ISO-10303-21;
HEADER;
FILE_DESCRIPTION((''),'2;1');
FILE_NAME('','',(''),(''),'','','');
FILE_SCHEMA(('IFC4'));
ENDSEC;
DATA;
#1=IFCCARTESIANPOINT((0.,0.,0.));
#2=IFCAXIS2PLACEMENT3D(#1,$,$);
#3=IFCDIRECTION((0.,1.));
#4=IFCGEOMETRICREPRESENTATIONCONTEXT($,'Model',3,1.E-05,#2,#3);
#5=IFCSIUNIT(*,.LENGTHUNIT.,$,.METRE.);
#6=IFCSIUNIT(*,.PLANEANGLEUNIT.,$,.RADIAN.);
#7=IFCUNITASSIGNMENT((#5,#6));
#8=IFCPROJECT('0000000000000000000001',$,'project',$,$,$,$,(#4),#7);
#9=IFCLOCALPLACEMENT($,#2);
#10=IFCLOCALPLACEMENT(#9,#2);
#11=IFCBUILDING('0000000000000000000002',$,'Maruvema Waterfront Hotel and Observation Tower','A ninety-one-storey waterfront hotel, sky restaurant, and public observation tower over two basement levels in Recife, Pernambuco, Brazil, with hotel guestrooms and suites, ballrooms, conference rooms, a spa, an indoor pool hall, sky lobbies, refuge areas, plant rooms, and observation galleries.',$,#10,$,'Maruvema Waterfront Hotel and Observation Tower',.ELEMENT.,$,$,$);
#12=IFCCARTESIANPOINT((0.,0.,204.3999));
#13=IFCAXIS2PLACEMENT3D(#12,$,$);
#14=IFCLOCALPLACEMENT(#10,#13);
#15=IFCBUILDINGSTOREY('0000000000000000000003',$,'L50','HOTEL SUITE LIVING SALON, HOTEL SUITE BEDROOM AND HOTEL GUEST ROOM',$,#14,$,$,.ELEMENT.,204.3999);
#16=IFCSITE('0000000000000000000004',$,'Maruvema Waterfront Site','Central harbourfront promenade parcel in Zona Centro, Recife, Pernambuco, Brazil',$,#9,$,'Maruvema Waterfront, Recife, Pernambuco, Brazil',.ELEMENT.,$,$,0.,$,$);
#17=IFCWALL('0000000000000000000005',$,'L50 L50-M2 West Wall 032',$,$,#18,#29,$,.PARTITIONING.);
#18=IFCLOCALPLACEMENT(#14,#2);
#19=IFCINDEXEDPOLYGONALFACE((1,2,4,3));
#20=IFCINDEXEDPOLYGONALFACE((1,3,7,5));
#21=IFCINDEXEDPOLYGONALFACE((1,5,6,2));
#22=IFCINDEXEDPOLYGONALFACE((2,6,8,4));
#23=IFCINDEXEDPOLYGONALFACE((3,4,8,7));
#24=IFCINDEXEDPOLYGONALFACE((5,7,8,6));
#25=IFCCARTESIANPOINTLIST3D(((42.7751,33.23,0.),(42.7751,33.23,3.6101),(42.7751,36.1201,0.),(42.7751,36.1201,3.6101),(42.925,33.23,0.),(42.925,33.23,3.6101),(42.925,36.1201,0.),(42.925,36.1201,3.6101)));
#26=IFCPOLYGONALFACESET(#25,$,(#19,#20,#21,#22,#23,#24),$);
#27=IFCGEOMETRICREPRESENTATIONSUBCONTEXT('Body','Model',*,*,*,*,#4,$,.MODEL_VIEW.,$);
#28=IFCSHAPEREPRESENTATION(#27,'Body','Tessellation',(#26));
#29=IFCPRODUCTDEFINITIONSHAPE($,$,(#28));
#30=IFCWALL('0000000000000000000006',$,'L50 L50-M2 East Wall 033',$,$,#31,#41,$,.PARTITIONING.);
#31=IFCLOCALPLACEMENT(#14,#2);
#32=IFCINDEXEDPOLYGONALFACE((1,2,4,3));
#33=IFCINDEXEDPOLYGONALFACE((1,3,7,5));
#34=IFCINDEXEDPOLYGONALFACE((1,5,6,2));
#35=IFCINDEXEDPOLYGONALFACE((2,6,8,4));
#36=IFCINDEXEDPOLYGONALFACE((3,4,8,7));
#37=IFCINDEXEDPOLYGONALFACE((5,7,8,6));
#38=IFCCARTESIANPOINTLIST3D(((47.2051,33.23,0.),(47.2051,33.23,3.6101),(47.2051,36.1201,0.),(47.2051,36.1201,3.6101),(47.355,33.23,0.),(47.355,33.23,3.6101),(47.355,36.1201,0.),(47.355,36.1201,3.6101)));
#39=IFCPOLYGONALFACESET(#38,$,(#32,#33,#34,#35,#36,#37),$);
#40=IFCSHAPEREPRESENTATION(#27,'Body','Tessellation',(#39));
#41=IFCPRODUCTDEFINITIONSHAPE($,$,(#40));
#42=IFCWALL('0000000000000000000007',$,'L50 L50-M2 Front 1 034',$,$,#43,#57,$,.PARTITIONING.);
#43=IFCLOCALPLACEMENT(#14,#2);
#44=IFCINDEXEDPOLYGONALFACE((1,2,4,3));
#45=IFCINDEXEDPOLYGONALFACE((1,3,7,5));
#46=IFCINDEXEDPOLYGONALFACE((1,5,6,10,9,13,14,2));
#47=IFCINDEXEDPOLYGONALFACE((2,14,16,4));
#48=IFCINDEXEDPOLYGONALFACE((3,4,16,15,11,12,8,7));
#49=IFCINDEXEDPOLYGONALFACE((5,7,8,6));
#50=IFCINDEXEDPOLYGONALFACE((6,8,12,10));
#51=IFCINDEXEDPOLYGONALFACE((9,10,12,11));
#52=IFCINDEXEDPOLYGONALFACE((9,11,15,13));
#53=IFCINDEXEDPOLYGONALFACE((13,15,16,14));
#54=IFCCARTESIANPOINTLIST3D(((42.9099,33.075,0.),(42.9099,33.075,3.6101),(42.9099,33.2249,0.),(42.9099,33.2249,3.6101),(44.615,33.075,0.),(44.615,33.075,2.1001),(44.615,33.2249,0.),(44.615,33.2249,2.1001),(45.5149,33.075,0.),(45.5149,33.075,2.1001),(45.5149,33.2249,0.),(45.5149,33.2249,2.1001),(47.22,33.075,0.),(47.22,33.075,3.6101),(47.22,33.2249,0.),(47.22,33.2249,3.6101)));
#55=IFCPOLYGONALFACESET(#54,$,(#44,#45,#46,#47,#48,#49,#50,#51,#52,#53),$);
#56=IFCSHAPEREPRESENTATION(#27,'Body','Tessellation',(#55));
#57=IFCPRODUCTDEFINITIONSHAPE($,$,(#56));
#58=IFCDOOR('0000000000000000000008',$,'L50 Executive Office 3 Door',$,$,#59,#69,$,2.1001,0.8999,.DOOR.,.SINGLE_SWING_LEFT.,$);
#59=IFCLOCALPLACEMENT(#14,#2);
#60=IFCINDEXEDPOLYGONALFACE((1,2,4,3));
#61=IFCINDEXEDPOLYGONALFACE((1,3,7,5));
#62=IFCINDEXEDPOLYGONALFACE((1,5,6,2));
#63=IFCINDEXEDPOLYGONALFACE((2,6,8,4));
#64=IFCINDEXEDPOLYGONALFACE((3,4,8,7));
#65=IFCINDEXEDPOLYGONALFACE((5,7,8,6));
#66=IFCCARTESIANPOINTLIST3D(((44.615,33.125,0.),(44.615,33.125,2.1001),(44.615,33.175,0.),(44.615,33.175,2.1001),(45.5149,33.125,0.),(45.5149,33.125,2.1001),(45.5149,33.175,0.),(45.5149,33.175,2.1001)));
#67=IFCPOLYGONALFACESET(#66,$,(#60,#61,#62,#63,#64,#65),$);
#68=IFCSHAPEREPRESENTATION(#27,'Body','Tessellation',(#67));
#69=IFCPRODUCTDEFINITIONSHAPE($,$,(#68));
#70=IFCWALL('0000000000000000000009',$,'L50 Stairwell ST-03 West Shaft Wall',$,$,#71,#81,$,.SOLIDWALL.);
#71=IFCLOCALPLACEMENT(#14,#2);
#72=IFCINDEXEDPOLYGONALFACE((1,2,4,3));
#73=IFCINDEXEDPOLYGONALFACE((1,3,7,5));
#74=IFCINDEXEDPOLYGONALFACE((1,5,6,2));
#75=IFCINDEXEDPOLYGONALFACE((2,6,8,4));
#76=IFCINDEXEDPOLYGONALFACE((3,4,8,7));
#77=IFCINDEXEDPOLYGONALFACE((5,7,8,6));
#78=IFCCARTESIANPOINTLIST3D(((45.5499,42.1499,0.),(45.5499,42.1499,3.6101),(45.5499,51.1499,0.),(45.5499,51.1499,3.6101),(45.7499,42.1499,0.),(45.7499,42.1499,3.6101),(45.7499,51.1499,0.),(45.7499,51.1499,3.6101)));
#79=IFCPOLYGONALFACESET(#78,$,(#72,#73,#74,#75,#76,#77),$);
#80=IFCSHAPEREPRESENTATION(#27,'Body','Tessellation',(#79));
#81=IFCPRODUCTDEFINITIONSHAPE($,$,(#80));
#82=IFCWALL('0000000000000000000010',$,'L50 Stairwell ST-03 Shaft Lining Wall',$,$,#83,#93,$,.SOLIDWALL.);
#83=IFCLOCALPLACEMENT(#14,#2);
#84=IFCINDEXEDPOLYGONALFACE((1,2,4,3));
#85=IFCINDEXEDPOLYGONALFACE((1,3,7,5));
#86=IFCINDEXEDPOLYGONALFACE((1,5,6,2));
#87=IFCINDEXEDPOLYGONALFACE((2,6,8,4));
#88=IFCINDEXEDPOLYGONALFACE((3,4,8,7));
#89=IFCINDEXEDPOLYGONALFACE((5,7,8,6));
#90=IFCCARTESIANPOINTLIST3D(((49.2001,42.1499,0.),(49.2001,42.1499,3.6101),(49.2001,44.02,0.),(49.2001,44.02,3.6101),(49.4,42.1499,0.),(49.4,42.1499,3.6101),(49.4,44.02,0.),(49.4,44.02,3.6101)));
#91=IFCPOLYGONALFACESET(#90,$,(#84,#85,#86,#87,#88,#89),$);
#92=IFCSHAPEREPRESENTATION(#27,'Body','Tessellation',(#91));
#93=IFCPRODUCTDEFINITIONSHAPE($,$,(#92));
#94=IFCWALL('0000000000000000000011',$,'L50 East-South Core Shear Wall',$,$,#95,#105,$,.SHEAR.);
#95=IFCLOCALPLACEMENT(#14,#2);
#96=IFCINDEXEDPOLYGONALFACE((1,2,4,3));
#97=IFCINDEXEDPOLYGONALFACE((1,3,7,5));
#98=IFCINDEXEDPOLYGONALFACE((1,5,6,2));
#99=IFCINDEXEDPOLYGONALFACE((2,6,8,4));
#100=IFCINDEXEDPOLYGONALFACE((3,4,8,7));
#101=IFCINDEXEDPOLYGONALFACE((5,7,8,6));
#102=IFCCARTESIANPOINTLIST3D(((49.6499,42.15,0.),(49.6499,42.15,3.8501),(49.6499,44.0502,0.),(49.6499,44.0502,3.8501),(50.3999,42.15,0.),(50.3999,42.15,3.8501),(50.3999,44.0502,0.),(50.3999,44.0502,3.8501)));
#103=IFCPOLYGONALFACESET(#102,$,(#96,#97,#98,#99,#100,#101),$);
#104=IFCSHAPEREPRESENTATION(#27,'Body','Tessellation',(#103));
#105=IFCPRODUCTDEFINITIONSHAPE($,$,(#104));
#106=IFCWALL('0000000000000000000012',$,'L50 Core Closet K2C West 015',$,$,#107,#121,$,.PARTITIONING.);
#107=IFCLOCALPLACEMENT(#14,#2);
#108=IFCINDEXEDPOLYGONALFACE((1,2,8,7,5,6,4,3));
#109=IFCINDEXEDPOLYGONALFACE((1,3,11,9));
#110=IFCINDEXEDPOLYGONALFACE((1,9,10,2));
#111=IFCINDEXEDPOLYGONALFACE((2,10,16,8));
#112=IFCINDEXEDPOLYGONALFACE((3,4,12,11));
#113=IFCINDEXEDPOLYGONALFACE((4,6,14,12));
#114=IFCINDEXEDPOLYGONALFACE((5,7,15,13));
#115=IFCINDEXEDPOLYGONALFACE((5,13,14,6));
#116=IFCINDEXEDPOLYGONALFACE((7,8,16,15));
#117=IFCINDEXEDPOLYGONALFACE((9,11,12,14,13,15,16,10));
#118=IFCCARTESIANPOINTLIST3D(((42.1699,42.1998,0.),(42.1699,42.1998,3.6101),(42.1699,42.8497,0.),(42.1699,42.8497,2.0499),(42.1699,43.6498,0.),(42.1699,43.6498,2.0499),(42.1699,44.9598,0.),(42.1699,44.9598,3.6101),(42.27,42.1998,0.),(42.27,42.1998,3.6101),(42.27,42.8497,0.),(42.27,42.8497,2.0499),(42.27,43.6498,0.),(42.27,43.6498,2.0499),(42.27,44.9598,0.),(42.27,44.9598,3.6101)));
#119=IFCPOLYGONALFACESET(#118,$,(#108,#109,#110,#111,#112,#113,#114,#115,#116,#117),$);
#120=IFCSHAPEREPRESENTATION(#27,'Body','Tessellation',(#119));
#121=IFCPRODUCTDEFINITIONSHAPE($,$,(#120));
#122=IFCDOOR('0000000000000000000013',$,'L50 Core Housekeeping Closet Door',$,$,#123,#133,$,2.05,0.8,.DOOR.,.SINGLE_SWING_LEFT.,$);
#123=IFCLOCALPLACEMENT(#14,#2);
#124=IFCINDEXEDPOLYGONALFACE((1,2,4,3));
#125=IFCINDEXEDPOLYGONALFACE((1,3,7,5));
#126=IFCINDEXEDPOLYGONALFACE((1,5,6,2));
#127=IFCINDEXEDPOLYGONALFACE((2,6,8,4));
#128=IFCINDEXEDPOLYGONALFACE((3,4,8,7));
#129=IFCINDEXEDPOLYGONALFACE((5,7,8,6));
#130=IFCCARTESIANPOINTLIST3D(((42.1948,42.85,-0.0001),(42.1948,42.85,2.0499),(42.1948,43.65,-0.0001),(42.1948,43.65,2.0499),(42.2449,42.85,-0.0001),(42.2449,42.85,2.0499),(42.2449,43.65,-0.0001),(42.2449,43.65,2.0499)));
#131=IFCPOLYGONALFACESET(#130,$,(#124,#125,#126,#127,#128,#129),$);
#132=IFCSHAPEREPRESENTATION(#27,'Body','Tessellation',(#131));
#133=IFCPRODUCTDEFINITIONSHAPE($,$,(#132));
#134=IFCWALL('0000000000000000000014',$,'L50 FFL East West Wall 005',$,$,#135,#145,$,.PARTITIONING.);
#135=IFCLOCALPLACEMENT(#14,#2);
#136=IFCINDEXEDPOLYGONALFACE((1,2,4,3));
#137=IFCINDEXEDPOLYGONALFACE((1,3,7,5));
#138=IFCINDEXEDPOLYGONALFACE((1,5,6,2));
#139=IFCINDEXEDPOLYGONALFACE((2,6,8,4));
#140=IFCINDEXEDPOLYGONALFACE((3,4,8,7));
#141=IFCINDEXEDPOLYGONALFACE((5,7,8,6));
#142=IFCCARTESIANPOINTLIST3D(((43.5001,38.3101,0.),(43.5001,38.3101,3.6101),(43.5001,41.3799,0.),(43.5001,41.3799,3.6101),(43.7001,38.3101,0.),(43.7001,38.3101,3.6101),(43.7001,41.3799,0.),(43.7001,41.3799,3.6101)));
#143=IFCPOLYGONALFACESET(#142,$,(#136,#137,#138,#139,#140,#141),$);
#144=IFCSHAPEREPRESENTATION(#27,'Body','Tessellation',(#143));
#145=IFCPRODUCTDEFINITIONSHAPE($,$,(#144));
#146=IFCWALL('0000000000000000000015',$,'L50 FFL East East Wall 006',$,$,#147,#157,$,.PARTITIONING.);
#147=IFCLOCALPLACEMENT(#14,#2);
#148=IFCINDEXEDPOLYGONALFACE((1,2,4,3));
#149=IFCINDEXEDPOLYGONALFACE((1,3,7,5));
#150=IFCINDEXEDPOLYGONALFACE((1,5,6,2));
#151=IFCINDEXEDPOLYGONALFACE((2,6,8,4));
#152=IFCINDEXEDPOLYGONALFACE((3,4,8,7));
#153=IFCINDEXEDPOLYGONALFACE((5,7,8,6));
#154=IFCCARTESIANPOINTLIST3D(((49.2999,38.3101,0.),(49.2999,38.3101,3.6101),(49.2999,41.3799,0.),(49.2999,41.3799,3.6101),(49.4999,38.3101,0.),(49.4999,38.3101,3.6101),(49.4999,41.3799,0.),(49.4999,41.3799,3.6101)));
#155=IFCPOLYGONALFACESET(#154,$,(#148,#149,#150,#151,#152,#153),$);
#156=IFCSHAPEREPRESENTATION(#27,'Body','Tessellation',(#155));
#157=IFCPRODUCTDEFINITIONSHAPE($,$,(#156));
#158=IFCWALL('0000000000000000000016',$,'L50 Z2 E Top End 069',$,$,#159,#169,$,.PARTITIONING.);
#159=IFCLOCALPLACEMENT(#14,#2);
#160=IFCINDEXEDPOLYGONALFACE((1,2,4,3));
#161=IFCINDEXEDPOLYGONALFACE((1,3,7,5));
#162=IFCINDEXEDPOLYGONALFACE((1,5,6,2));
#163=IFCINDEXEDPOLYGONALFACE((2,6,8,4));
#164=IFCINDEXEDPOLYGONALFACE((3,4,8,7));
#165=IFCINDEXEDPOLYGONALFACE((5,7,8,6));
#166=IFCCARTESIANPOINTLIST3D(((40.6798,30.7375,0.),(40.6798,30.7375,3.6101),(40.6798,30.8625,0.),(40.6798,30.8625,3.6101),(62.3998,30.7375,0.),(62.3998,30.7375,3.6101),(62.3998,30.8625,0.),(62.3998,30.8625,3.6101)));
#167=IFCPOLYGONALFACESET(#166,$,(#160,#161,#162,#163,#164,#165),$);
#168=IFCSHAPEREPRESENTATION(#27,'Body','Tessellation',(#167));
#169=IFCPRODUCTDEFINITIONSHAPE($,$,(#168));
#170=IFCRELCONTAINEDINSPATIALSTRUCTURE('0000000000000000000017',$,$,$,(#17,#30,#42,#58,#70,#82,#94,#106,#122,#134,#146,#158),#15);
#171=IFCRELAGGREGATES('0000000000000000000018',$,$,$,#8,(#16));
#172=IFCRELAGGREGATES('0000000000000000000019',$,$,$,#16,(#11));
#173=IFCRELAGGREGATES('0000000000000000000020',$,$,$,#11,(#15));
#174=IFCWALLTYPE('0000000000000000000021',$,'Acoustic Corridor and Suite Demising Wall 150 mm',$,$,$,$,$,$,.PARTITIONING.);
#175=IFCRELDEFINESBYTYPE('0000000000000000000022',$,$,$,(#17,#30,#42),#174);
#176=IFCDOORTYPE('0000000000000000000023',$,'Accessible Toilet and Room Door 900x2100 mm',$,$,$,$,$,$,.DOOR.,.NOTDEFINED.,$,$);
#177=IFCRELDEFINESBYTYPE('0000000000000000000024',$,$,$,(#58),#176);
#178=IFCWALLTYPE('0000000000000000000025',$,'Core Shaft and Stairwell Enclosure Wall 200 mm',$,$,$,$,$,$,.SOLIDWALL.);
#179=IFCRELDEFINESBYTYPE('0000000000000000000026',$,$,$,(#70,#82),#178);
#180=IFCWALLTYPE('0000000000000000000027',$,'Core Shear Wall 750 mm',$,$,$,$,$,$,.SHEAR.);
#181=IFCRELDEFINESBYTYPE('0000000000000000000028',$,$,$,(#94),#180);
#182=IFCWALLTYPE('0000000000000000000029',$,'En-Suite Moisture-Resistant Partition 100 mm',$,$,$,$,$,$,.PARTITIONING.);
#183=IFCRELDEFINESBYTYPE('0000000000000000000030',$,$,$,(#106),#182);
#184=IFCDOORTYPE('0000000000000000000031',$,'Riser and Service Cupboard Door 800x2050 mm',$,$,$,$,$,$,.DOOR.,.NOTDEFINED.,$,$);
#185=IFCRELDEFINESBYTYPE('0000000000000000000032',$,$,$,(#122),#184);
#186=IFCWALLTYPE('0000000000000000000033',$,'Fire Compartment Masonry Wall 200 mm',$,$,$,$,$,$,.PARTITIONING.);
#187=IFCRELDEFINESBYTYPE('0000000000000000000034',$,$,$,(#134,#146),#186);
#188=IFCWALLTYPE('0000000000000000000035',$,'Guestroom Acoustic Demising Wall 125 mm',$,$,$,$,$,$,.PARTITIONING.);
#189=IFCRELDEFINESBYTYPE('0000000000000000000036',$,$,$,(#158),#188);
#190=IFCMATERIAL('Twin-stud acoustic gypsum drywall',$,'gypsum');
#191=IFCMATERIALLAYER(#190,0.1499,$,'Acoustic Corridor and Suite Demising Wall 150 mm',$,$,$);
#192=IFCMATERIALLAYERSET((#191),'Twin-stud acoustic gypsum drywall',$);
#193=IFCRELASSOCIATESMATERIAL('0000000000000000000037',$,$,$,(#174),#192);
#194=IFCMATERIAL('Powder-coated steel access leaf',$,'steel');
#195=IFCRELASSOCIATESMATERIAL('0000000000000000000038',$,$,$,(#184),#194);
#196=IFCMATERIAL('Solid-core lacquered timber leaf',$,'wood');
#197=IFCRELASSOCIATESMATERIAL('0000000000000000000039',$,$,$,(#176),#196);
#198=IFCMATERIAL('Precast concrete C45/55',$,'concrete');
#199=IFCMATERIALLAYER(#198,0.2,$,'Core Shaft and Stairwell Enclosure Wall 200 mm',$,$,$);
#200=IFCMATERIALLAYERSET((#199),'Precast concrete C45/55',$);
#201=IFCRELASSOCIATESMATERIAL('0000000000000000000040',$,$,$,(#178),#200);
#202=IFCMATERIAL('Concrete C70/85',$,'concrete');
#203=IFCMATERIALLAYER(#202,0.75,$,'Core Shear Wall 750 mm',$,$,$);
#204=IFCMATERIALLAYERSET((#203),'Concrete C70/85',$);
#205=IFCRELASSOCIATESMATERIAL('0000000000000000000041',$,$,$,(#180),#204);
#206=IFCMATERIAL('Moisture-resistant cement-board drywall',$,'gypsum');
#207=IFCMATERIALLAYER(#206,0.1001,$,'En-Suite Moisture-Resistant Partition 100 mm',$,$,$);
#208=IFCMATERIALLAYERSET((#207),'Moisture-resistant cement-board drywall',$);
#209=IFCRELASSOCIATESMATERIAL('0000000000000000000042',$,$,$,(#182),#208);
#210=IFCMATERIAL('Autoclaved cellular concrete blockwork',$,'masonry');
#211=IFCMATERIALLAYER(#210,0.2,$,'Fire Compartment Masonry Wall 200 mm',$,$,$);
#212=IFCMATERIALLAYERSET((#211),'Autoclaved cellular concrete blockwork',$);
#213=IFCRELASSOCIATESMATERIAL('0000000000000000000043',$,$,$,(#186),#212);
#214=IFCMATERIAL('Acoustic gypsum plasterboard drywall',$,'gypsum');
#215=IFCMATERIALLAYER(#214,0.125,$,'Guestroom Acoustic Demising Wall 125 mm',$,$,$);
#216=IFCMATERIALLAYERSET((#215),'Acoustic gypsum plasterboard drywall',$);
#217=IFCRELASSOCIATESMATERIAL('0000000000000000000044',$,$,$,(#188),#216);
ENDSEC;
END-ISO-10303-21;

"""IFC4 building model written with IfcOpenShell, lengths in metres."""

from ifc_helpers import new_model, si_unit, direction, frame, frame_2d, origin, place, context, subcontext, project, spatial, rectangle, extrude, material, layer, layer_set, type_object, element, fill, save


model = new_model("IFC4")

# Units and contexts
model_context = context("Model", 3, precision=1e-05, world=origin(), true_north=direction((0.0, 1.0)))
body_context = subcontext(model_context, "Body", "Model", "MODEL_VIEW")
ifc_project = project(units=[si_unit("LENGTHUNIT", "METRE"), si_unit("PLANEANGLEUNIT", "RADIAN")], contexts=[model_context])

# Site, building, storey
site_placement = place(None, origin())
site = spatial("IfcSite", under=ifc_project, at=site_placement, Name="Maruvema Waterfront Site", Description="Central harbourfront promenade parcel in Zona Centro, Recife, Pernambuco, Brazil", LongName="Maruvema Waterfront, Recife, Pernambuco, Brazil", CompositionType="ELEMENT", RefElevation=0.0)
building_placement = place(site_placement, origin())
building = spatial("IfcBuilding", under=site, at=building_placement, Name="Maruvema Waterfront Hotel and Observation Tower", Description="A ninety-one-storey waterfront hotel, sky restaurant, and public observation tower over two basement levels in Recife, Pernambuco, Brazil, with hotel guestrooms and suites, ballrooms, conference rooms, a spa, an indoor pool hall, sky lobbies, refuge areas, plant rooms, and observation galleries.", LongName="Maruvema Waterfront Hotel and Observation Tower", CompositionType="ELEMENT")
storey_placement = place(building_placement, frame((0.0, 0.0, 204.3999)))
storey = spatial("IfcBuildingStorey", under=building, at=storey_placement, Name="L50", Description="HOTEL SUITE LIVING SALON, HOTEL SUITE BEDROOM AND HOTEL GUEST ROOM", CompositionType="ELEMENT", Elevation=204.3999)

# Shared definitions
ifc_material_1 = material(Name="Twin-stud acoustic gypsum drywall", Category="gypsum")
ifc_layer_1 = layer(ifc_material_1, 0.1499, Name="Acoustic Corridor and Suite Demising Wall 150 mm")
ifc_layer_set_1 = layer_set([ifc_layer_1], Name="Twin-stud acoustic gypsum drywall")
wall_type_1 = type_object("IfcWallType", Name="Acoustic Corridor and Suite Demising Wall 150 mm", PredefinedType="PARTITIONING", material=ifc_layer_set_1)
ifc_material_2 = material(Name="Powder-coated steel access leaf", Category="steel")
door_type_1 = type_object("IfcDoorType", Name="Riser and Service Cupboard Door 800x2050 mm", OperationType="NOTDEFINED", PredefinedType="DOOR", material=ifc_material_2)

# Walls
for number, where, z_axis, x_axis, name in (
    (1, (42.8501, 33.23, 0.0), (0.0, 0.0, 1.0), (0.0, 1.0, 0.0), "L50 L50-M2 West Wall 032"),
    (2, (47.28, 33.23, 0.0), (0.0, 0.0, 1.0), (0.0, 1.0, 0.0), "L50 L50-M2 East Wall 033"),
):
    element("IfcWall", number, at=place(storey_placement, frame(where, z_axis=z_axis, x_axis=x_axis)), inside=storey, type_object=wall_type_1, Name=name, PredefinedType="PARTITIONING", context=body_context, shape_type="SweptSolid", body=[
        extrude(rectangle(XDim=2.8901, YDim=0.1499, at=frame_2d((1.4451, 0.0))), origin(), (0.0, 0.0, 1.0), 3.6101),
    ])

# Wall, opening, door
wall_1_placement = place(storey_placement, frame((42.9099, 33.1499, 0.0), z_axis=(0.0, 0.0, 1.0), x_axis=(1.0, 0.0, 0.0)))
wall_1 = element("IfcWall", 3, at=wall_1_placement, inside=storey, type_object=wall_type_1, Name="L50 L50-M2 Front 1 034", PredefinedType="PARTITIONING", context=body_context, shape_type="SweptSolid", body=[
    extrude(rectangle(XDim=4.3101, YDim=0.1499, at=frame_2d((2.155, 0.0))), origin(), (0.0, 0.0, 1.0), 3.6101),
])
opening_1_placement = place(wall_1_placement, frame((1.7051, 0.0, 0.0)))
opening_1 = element("IfcOpeningElement", 4, at=opening_1_placement, cuts=wall_1, PredefinedType="OPENING", context=body_context, shape_type="SweptSolid", body=[
    extrude(rectangle(XDim=0.8999, YDim=2.1001, at=frame_2d((0.45, 1.05))), frame((0.0, 0.085, 0.0), z_axis=(0.0, -1.0, 0.0), x_axis=(1.0, 0.0, 0.0)), (0.0, 0.0, 1.0), 0.1699),
])
ifc_material_3 = material(Name="Solid-core lacquered timber leaf", Category="wood")
door_type_2 = type_object("IfcDoorType", Name="Accessible Toilet and Room Door 900x2100 mm", OperationType="NOTDEFINED", PredefinedType="DOOR", material=ifc_material_3)
door_1_placement = place(opening_1_placement, frame((0.8999, 0.0, 0.0), z_axis=(0.0, 0.0, 1.0), x_axis=(-1.0, 0.0, 0.0)))
door_1 = element("IfcDoor", 5, at=door_1_placement, inside=storey, type_object=door_type_2, Name="L50 Executive Office 3 Door", OperationType="SINGLE_SWING_LEFT", OverallHeight=2.1001, OverallWidth=0.8999, PredefinedType="DOOR", context=body_context, shape_type="SweptSolid", body=[
    extrude(rectangle(XDim=0.8999, YDim=2.1001, at=frame_2d((0.45, 1.05))), frame((0.0, 0.0249, 0.0), z_axis=(0.0, -1.0, 0.0), x_axis=(1.0, 0.0, 0.0)), (0.0, 0.0, 1.0), 0.05),
])
fill(opening_1, door_1)

# Walls
ifc_material_4 = material(Name="Precast concrete C45/55", Category="concrete")
ifc_layer_2 = layer(ifc_material_4, 0.2, Name="Core Shaft and Stairwell Enclosure Wall 200 mm")
ifc_layer_set_2 = layer_set([ifc_layer_2], Name="Precast concrete C45/55")
wall_type_2 = type_object("IfcWallType", Name="Core Shaft and Stairwell Enclosure Wall 200 mm", PredefinedType="SOLIDWALL", material=ifc_layer_set_2)
wall_2_placement = place(storey_placement, frame((45.6499, 42.1499, 0.0), z_axis=(0.0, 0.0, 1.0), x_axis=(0.0, 1.0, 0.0)))
element("IfcWall", 6, at=wall_2_placement, inside=storey, type_object=wall_type_2, Name="L50 Stairwell ST-03 West Shaft Wall", PredefinedType="SOLIDWALL", context=body_context, shape_type="SweptSolid", body=[
    extrude(rectangle(XDim=9.0, YDim=0.2, at=frame_2d((4.5, 0.0))), origin(), (0.0, 0.0, 1.0), 3.6101),
])
wall_3_placement = place(storey_placement, frame((49.3, 42.1499, 0.0), z_axis=(0.0, 0.0, 1.0), x_axis=(0.0, 1.0, 0.0)))
element("IfcWall", 7, at=wall_3_placement, inside=storey, type_object=wall_type_2, Name="L50 Stairwell ST-03 Shaft Lining Wall", PredefinedType="SOLIDWALL", context=body_context, shape_type="SweptSolid", body=[
    extrude(rectangle(XDim=1.8701, YDim=0.2, at=frame_2d((0.9351, 0.0))), origin(), (0.0, 0.0, 1.0), 3.6101),
])

# Shared definitions
ifc_material_5 = material(Name="Concrete C70/85", Category="concrete")
ifc_layer_3 = layer(ifc_material_5, 0.75, Name="Core Shear Wall 750 mm")
ifc_layer_set_3 = layer_set([ifc_layer_3], Name="Concrete C70/85")
wall_type_3 = type_object("IfcWallType", Name="Core Shear Wall 750 mm", PredefinedType="SHEAR", material=ifc_layer_set_3)

# Wall
wall_4_placement = place(storey_placement, frame((50.0249, 42.1499, 0.0), z_axis=(0.0, 0.0, 1.0), x_axis=(0.0, 1.0, 0.0)))
element("IfcWall", 8, at=wall_4_placement, inside=storey, type_object=wall_type_3, Name="L50 East-South Core Shear Wall", PredefinedType="SHEAR", context=body_context, shape_type="SweptSolid", body=[
    extrude(rectangle(XDim=1.9001, YDim=0.75, at=frame_2d((0.9502, 0.0))), origin(), (0.0, 0.0, 1.0), 3.8501),
])

# Wall, opening, door
ifc_material_6 = material(Name="Moisture-resistant cement-board drywall", Category="gypsum")
ifc_layer_4 = layer(ifc_material_6, 0.1001, Name="En-Suite Moisture-Resistant Partition 100 mm")
ifc_layer_set_4 = layer_set([ifc_layer_4], Name="Moisture-resistant cement-board drywall")
wall_type_4 = type_object("IfcWallType", Name="En-Suite Moisture-Resistant Partition 100 mm", PredefinedType="PARTITIONING", material=ifc_layer_set_4)
wall_5_placement = place(storey_placement, frame((42.22, 42.2, 0.0), z_axis=(0.0, 0.0, 1.0), x_axis=(0.0, 1.0, 0.0)))
wall_5 = element("IfcWall", 9, at=wall_5_placement, inside=storey, type_object=wall_type_4, Name="L50 Core Closet K2C West 015", PredefinedType="PARTITIONING", context=body_context, shape_type="SweptSolid", body=[
    extrude(rectangle(XDim=2.76, YDim=0.1001, at=frame_2d((1.3799, 0.0))), origin(), (0.0, 0.0, 1.0), 3.6101),
])
opening_2_placement = place(wall_5_placement, frame((0.6499, 0.0, 0.0)))
opening_2 = element("IfcOpeningElement", 10, at=opening_2_placement, cuts=wall_5, PredefinedType="OPENING", context=body_context, shape_type="SweptSolid", body=[
    extrude(rectangle(XDim=0.8, YDim=2.05, at=frame_2d((0.3999, 1.0249))), frame((0.0, 0.0601, 0.0), z_axis=(0.0, -1.0, 0.0), x_axis=(1.0, 0.0, 0.0)), (0.0, 0.0, 1.0), 0.1201),
])
door_2_placement = place(opening_2_placement, frame((0.8, 0.0, 0.0), z_axis=(0.0, 0.0, 1.0), x_axis=(-1.0, 0.0, 0.0)))
door_2 = element("IfcDoor", 11, at=door_2_placement, inside=storey, type_object=door_type_1, Name="L50 Core Housekeeping Closet Door", OperationType="SINGLE_SWING_LEFT", OverallHeight=2.05, OverallWidth=0.8, PredefinedType="DOOR", context=body_context, shape_type="SweptSolid", body=[
    extrude(rectangle(XDim=0.8, YDim=2.05, at=frame_2d((0.3999, 1.0249))), frame((0.0, 0.0249, 0.0), z_axis=(0.0, -1.0, 0.0), x_axis=(1.0, 0.0, 0.0)), (0.0, 0.0, 1.0), 0.05),
])
fill(opening_2, door_2)
ifc_material_7 = material(Name="Autoclaved cellular concrete blockwork", Category="masonry")
ifc_layer_5 = layer(ifc_material_7, 0.2, Name="Fire Compartment Masonry Wall 200 mm")
ifc_layer_set_5 = layer_set([ifc_layer_5], Name="Autoclaved cellular concrete blockwork")
wall_type_5 = type_object("IfcWallType", Name="Fire Compartment Masonry Wall 200 mm", PredefinedType="PARTITIONING", material=ifc_layer_set_5)

# Walls
for number, where, z_axis, x_axis, name in (
    (12, (43.6001, 38.3101, 0.0), (0.0, 0.0, 1.0), (0.0, 1.0, 0.0), "L50 FFL East West Wall 005"),
    (13, (49.3999, 38.3101, 0.0), (0.0, 0.0, 1.0), (0.0, 1.0, 0.0), "L50 FFL East East Wall 006"),
):
    element("IfcWall", number, at=place(storey_placement, frame(where, z_axis=z_axis, x_axis=x_axis)), inside=storey, type_object=wall_type_5, Name=name, PredefinedType="PARTITIONING", context=body_context, shape_type="SweptSolid", body=[
        extrude(rectangle(XDim=3.0698, YDim=0.2, at=frame_2d((1.5349, 0.0))), origin(), (0.0, 0.0, 1.0), 3.6101),
    ])
ifc_material_8 = material(Name="Acoustic gypsum plasterboard drywall", Category="gypsum")
ifc_layer_6 = layer(ifc_material_8, 0.125, Name="Guestroom Acoustic Demising Wall 125 mm")
ifc_layer_set_6 = layer_set([ifc_layer_6], Name="Acoustic gypsum plasterboard drywall")
wall_type_6 = type_object("IfcWallType", Name="Guestroom Acoustic Demising Wall 125 mm", PredefinedType="PARTITIONING", material=ifc_layer_set_6)
wall_6_placement = place(storey_placement, frame((40.6799, 30.8, 0.0), z_axis=(0.0, 0.0, 1.0), x_axis=(1.0, 0.0, 0.0)))
element("IfcWall", 14, at=wall_6_placement, inside=storey, type_object=wall_type_6, Name="L50 Z2 E Top End 069", PredefinedType="PARTITIONING", context=body_context, shape_type="SweptSolid", body=[
    extrude(rectangle(XDim=21.72, YDim=0.125, at=frame_2d((10.8599, 0.0))), origin(), (0.0, 0.0, 1.0), 3.6101),
])

save(model, "model.ifc")
